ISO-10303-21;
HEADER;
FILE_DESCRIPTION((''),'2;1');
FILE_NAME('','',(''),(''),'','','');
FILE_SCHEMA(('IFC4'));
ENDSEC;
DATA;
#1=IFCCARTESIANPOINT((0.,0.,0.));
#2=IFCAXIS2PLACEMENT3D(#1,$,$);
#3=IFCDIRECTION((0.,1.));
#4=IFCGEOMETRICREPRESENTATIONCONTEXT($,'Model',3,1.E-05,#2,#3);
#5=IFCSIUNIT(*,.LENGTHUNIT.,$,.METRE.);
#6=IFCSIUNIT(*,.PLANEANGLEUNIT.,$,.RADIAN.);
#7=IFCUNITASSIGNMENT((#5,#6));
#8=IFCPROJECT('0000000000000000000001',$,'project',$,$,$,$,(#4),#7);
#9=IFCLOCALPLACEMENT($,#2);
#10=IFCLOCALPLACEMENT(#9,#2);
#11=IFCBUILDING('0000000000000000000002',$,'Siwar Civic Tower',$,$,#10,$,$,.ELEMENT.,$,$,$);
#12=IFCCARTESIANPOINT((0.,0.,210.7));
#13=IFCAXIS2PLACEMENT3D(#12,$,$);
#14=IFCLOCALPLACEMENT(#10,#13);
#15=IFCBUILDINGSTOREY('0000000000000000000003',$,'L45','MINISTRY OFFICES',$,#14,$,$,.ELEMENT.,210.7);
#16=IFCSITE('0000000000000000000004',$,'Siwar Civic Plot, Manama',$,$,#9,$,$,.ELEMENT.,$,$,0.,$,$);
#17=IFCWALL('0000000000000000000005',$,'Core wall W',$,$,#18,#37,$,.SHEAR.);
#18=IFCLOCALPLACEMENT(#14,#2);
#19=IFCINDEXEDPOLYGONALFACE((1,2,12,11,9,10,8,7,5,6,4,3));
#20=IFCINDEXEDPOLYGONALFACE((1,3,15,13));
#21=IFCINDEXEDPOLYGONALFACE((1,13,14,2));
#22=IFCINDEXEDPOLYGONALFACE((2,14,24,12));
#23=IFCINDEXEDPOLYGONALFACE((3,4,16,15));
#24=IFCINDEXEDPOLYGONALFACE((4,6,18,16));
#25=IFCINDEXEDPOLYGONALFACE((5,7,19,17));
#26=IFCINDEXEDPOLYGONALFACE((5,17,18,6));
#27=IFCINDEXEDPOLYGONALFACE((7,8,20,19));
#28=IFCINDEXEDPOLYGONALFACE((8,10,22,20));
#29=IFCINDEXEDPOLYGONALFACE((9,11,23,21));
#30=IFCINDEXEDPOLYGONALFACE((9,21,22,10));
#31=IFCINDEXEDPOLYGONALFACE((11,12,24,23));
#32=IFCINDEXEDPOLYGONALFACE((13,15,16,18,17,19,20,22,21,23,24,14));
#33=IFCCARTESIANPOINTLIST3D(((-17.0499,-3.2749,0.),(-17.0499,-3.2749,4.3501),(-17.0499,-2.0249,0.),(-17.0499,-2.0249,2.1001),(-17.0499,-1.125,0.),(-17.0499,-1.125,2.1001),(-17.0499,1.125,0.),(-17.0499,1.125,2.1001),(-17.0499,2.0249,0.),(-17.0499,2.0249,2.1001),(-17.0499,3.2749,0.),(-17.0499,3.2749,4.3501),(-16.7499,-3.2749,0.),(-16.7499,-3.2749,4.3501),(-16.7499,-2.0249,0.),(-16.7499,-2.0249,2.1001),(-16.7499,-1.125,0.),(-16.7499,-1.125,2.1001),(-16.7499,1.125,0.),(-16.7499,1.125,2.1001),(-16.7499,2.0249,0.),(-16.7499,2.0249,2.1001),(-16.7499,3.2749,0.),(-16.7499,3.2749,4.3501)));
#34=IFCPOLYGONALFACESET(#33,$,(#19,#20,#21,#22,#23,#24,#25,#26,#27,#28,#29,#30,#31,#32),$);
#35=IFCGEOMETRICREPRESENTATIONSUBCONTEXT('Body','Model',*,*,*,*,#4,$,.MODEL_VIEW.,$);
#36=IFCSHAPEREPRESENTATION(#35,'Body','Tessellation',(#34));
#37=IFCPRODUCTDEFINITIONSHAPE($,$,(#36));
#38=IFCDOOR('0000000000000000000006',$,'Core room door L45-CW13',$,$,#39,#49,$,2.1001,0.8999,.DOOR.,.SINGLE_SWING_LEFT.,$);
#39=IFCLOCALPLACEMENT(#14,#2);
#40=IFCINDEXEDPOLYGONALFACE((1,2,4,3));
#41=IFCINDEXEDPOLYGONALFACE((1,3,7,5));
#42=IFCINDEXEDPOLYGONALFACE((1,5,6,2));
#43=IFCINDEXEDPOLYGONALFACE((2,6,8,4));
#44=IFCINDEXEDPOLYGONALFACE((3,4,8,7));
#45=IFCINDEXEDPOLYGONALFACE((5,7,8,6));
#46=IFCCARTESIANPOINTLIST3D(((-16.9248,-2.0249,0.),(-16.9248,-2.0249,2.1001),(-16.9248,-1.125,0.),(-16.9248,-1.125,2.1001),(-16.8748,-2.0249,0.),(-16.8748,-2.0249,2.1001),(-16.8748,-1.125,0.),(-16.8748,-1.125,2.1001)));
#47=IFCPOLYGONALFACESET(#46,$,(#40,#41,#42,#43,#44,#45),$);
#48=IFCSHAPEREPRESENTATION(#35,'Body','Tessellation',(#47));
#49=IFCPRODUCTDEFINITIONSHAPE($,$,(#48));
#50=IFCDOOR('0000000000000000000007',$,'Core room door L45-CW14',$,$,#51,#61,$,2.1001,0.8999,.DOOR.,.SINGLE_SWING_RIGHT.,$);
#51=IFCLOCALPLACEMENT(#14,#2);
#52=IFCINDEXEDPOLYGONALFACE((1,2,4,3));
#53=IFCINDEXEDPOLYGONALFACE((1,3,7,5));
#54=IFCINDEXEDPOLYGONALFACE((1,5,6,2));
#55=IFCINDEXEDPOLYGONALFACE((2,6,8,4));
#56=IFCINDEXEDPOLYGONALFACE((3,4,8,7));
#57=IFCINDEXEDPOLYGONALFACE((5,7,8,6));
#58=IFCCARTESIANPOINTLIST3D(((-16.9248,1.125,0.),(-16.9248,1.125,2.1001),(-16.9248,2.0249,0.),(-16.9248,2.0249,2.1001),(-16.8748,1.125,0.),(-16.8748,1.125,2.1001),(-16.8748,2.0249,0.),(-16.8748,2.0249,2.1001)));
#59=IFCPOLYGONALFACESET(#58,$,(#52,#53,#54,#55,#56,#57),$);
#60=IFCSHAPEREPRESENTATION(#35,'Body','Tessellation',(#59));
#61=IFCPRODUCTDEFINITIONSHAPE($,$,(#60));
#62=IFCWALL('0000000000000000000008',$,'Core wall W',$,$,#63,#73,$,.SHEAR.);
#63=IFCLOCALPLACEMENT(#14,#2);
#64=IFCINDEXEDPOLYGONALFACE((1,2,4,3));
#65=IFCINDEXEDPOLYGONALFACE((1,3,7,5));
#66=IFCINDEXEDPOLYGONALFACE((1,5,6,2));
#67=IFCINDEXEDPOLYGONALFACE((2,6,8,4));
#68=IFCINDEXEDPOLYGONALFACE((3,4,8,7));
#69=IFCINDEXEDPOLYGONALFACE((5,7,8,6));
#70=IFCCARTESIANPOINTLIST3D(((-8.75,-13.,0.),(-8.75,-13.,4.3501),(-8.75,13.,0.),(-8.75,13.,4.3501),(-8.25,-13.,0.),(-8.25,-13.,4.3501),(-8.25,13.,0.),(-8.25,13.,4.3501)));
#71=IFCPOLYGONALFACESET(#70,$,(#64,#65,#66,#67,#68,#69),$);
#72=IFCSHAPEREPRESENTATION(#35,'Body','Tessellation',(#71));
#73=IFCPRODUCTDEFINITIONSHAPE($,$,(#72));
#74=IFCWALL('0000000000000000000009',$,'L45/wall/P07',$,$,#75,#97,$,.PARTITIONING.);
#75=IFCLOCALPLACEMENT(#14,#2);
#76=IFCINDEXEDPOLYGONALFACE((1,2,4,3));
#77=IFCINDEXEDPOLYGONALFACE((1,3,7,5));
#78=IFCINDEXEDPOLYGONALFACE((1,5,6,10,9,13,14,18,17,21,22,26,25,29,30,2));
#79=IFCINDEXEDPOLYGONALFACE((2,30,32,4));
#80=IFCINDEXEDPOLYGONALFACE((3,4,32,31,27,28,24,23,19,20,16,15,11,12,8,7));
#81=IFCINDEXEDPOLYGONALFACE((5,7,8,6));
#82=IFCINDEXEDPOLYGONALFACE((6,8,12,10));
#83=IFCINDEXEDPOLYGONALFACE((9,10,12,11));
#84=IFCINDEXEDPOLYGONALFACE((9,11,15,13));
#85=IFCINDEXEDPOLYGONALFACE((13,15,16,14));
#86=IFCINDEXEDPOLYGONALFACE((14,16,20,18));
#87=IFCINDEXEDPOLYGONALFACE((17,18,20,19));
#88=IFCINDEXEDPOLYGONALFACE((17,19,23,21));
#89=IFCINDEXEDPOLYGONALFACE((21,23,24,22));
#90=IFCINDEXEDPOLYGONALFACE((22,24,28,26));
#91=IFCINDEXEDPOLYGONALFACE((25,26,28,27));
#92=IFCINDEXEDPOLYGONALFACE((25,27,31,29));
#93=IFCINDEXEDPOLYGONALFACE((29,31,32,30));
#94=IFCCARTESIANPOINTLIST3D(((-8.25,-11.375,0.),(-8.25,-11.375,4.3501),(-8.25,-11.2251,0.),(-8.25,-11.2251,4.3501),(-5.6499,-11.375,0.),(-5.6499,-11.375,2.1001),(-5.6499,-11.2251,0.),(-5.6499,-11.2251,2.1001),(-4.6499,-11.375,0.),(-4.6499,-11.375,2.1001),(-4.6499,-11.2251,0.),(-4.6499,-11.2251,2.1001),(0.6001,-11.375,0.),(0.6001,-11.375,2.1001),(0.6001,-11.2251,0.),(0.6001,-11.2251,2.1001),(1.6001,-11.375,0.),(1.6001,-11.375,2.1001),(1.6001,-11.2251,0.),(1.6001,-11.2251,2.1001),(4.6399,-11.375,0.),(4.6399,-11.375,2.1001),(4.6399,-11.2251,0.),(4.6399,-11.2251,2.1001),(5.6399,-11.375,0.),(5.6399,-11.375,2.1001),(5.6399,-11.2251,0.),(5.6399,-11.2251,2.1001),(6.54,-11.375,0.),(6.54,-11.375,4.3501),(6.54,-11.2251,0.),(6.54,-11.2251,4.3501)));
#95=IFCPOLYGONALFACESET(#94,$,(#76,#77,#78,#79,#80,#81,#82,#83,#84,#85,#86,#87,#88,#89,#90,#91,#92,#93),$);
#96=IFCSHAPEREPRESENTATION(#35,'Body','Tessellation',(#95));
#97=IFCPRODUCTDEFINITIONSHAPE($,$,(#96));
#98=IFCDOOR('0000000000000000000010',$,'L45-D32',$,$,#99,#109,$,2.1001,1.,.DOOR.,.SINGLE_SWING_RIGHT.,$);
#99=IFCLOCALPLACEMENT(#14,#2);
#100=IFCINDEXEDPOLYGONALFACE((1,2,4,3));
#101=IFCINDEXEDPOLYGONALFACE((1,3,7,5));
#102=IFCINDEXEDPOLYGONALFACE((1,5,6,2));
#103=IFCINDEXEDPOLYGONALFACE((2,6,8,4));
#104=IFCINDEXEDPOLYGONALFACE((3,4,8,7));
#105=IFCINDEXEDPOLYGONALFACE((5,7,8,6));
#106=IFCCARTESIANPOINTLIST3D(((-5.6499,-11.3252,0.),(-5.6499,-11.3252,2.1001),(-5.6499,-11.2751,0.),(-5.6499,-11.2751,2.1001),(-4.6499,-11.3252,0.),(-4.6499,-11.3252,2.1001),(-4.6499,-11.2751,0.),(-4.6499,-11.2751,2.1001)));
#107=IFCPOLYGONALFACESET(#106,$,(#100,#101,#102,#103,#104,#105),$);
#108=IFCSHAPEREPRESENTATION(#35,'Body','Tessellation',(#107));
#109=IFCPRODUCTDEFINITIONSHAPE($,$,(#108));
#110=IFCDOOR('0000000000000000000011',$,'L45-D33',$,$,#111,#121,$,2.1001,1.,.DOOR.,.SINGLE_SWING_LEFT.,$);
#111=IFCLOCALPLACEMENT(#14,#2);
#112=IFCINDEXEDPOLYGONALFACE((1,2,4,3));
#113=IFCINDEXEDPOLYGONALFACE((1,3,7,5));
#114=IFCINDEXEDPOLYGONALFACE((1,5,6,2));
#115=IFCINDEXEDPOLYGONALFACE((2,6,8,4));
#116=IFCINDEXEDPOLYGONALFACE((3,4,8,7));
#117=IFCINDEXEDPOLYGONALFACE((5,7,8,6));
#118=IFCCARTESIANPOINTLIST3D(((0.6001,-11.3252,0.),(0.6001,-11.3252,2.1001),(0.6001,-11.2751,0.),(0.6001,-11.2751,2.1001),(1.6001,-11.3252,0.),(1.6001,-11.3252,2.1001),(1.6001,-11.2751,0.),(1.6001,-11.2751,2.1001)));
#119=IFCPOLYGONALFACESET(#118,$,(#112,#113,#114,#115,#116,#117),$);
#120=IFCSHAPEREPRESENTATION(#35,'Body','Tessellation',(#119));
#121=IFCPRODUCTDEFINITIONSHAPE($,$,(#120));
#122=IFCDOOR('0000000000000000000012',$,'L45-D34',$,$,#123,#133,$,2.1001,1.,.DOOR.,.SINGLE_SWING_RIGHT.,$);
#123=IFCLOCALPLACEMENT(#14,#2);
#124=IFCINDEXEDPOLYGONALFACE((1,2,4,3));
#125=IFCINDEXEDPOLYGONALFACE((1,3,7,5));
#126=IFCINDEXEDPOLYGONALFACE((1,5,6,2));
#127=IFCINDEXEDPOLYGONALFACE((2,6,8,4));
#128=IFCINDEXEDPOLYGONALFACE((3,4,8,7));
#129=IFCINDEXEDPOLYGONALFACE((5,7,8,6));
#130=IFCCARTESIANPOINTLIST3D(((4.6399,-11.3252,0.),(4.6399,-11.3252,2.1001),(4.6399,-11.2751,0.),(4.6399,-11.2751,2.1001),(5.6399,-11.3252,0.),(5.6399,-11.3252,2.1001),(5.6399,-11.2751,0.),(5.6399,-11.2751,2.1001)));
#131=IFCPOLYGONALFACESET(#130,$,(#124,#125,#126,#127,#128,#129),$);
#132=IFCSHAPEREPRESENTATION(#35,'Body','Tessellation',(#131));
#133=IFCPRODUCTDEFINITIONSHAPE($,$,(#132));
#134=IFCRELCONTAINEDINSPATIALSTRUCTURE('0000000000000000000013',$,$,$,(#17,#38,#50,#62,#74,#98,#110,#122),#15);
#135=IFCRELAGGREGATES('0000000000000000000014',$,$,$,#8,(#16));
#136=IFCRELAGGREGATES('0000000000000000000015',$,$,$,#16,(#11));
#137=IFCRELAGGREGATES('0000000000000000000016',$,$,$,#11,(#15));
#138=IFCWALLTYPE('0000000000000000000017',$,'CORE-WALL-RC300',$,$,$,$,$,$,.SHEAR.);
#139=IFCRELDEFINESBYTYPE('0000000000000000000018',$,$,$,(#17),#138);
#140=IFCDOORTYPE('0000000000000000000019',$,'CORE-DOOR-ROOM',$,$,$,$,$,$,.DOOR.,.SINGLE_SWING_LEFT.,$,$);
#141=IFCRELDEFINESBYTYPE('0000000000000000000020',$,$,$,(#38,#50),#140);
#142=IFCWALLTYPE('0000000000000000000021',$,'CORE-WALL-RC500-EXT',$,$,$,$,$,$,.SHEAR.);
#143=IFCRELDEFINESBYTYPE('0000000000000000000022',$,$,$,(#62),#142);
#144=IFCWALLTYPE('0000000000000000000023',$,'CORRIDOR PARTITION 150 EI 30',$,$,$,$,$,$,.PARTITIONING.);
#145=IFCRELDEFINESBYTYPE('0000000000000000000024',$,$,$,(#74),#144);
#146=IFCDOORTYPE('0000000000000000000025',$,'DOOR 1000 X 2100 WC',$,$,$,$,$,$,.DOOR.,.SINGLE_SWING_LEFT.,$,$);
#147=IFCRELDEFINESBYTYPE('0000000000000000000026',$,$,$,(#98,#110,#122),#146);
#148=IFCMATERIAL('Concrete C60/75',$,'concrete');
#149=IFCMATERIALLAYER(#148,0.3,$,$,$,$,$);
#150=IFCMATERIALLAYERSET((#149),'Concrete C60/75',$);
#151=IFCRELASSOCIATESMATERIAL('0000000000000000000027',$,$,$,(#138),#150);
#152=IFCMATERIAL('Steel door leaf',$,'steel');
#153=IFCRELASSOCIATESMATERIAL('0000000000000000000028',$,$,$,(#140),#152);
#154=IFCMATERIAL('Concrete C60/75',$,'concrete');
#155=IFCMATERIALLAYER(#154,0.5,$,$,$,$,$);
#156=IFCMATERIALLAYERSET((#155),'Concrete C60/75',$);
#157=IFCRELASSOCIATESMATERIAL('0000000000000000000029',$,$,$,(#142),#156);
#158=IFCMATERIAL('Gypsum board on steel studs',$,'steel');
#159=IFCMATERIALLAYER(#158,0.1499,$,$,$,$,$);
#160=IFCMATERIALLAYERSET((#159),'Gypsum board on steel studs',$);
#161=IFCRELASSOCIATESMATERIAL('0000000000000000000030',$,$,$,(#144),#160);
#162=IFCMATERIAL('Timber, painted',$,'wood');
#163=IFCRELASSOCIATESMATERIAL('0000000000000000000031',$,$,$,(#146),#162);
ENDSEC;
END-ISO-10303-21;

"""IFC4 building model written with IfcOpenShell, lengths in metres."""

from ifc_helpers import new_model, si_unit, direction, frame, frame_2d, origin, place, context, subcontext, project, spatial, rectangle, extrude, material, layer, layer_set, type_object, element, fill, save


model = new_model("IFC4")

# Units and contexts
model_context = context("Model", 3, precision=1e-05, world=origin(), true_north=direction((0.0, 1.0)))
body_context = subcontext(model_context, "Body", "Model", "MODEL_VIEW")
ifc_project = project(units=[si_unit("LENGTHUNIT", "METRE"), si_unit("PLANEANGLEUNIT", "RADIAN")], contexts=[model_context])

# Site, building, storey
site_placement = place(None, origin())
site = spatial("IfcSite", under=ifc_project, at=site_placement, Name="Siwar Civic Plot, Manama", CompositionType="ELEMENT", RefElevation=0.0)
building_placement = place(site_placement, origin())
building = spatial("IfcBuilding", under=site, at=building_placement, Name="Siwar Civic Tower", CompositionType="ELEMENT")
storey_placement = place(building_placement, frame((0.0, 0.0, 210.7)))
storey = spatial("IfcBuildingStorey", under=building, at=storey_placement, Name="L45", Description="MINISTRY OFFICES", CompositionType="ELEMENT", Elevation=210.7)

# Wall, openings, doors
ifc_material_1 = material(Name="Concrete C60/75", Category="concrete")
ifc_layer_1 = layer(ifc_material_1, 0.3)
ifc_layer_set_1 = layer_set([ifc_layer_1], Name="Concrete C60/75")
wall_type_1 = type_object("IfcWallType", Name="CORE-WALL-RC300", PredefinedType="SHEAR", material=ifc_layer_set_1)
wall_1_placement = place(storey_placement, frame((-16.8999, -3.2749, 0.0), z_axis=(0.0, 0.0, 1.0), x_axis=(0.0, 1.0, 0.0)))
wall_1 = element("IfcWall", 1, at=wall_1_placement, inside=storey, type_object=wall_type_1, Name="Core wall W", PredefinedType="SHEAR", context=body_context, shape_type="SweptSolid", body=[
    extrude(rectangle(XDim=6.5498, YDim=0.3, at=frame_2d((3.2749, 0.0))), origin(), (0.0, 0.0, 1.0), 4.3501),
])
opening_1_placement = place(wall_1_placement, frame((1.25, 0.0, 0.0)))
opening_1 = element("IfcOpeningElement", 2, at=opening_1_placement, cuts=wall_1, PredefinedType="OPENING", context=body_context, shape_type="SweptSolid", body=[
    extrude(rectangle(XDim=0.8999, YDim=2.1001, at=frame_2d((0.45, 1.05))), frame((0.0, 0.1602, 0.0), z_axis=(0.0, -1.0, 0.0), x_axis=(1.0, 0.0, 0.0)), (0.0, 0.0, 1.0), 0.3201),
])
opening_2_placement = place(wall_1_placement, frame((4.3999, 0.0, 0.0)))
opening_2 = element("IfcOpeningElement", 3, at=opening_2_placement, cuts=wall_1, PredefinedType="OPENING", context=body_context, shape_type="SweptSolid", body=[
    extrude(rectangle(XDim=0.8999, YDim=2.1001, at=frame_2d((0.45, 1.05))), frame((0.0, 0.1602, 0.0), z_axis=(0.0, -1.0, 0.0), x_axis=(1.0, 0.0, 0.0)), (0.0, 0.0, 1.0), 0.3201),
])
ifc_material_2 = material(Name="Steel door leaf", Category="steel")
door_type_1 = type_object("IfcDoorType", Name="CORE-DOOR-ROOM", OperationType="SINGLE_SWING_LEFT", PredefinedType="DOOR", material=ifc_material_2)
door_1_placement = place(opening_1_placement, origin())
door_1 = element("IfcDoor", 4, at=door_1_placement, inside=storey, type_object=door_type_1, Name="Core room door L45-CW13", OperationType="SINGLE_SWING_LEFT", OverallHeight=2.1001, OverallWidth=0.8999, PredefinedType="DOOR", context=body_context, shape_type="SweptSolid", body=[
    extrude(rectangle(XDim=0.8999, YDim=2.1001, at=frame_2d((0.45, 1.05))), frame((0.0, 0.0249, 0.0), z_axis=(0.0, -1.0, 0.0), x_axis=(1.0, 0.0, 0.0)), (0.0, 0.0, 1.0), 0.05),
])
fill(opening_1, door_1)
door_2_placement = place(opening_2_placement, origin())
door_2 = element("IfcDoor", 5, at=door_2_placement, inside=storey, type_object=door_type_1, Name="Core room door L45-CW14", OperationType="SINGLE_SWING_RIGHT", OverallHeight=2.1001, OverallWidth=0.8999, PredefinedType="DOOR", context=body_context, shape_type="SweptSolid", body=[
    extrude(rectangle(XDim=0.8999, YDim=2.1001, at=frame_2d((0.45, 1.05))), frame((0.0, 0.0249, 0.0), z_axis=(0.0, -1.0, 0.0), x_axis=(1.0, 0.0, 0.0)), (0.0, 0.0, 1.0), 0.05),
])
fill(opening_2, door_2)

# Wall
ifc_material_3 = material(Name="Concrete C60/75", Category="concrete")
ifc_layer_2 = layer(ifc_material_3, 0.5)
ifc_layer_set_2 = layer_set([ifc_layer_2], Name="Concrete C60/75")
wall_type_2 = type_object("IfcWallType", Name="CORE-WALL-RC500-EXT", PredefinedType="SHEAR", material=ifc_layer_set_2)
wall_2_placement = place(storey_placement, frame((-8.5, -13.0, 0.0), z_axis=(0.0, 0.0, 1.0), x_axis=(0.0, 1.0, 0.0)))
element("IfcWall", 6, at=wall_2_placement, inside=storey, type_object=wall_type_2, Name="Core wall W", PredefinedType="SHEAR", context=body_context, shape_type="SweptSolid", body=[
    extrude(rectangle(XDim=26.0, YDim=0.5, at=frame_2d((13.0, 0.0))), origin(), (0.0, 0.0, 1.0), 4.3501),
])

# Wall, openings, doors
ifc_material_4 = material(Name="Gypsum board on steel studs", Category="steel")
ifc_layer_3 = layer(ifc_material_4, 0.1499)
ifc_layer_set_3 = layer_set([ifc_layer_3], Name="Gypsum board on steel studs")
wall_type_3 = type_object("IfcWallType", Name="CORRIDOR PARTITION 150 EI 30", PredefinedType="PARTITIONING", material=ifc_layer_set_3)
wall_3_placement = place(storey_placement, frame((-8.25, -11.3, 0.0), z_axis=(0.0, 0.0, 1.0), x_axis=(1.0, 0.0, 0.0)))
wall_3 = element("IfcWall", 7, at=wall_3_placement, inside=storey, type_object=wall_type_3, Name="L45/wall/P07", PredefinedType="PARTITIONING", context=body_context, shape_type="SweptSolid", body=[
    extrude(rectangle(XDim=14.79, YDim=0.1499, at=frame_2d((7.395, 0.0))), origin(), (0.0, 0.0, 1.0), 4.3501),
])
opening_3_placement = place(wall_3_placement, frame((2.6001, 0.0, 0.0)))
opening_3 = element("IfcOpeningElement", 8, at=opening_3_placement, cuts=wall_3, PredefinedType="OPENING", context=body_context, shape_type="SweptSolid", body=[
    extrude(rectangle(XDim=1.0, YDim=2.1001, at=frame_2d((0.5, 1.05))), frame((0.0, 0.085, 0.0), z_axis=(0.0, -1.0, 0.0), x_axis=(1.0, 0.0, 0.0)), (0.0, 0.0, 1.0), 0.1699),
])
opening_4_placement = place(wall_3_placement, frame((8.8501, 0.0, 0.0)))
opening_4 = element("IfcOpeningElement", 9, at=opening_4_placement, cuts=wall_3, PredefinedType="OPENING", context=body_context, shape_type="SweptSolid", body=[
    extrude(rectangle(XDim=1.0, YDim=2.1001, at=frame_2d((0.5, 1.05))), frame((0.0, 0.085, 0.0), z_axis=(0.0, -1.0, 0.0), x_axis=(1.0, 0.0, 0.0)), (0.0, 0.0, 1.0), 0.1699),
])
opening_5_placement = place(wall_3_placement, frame((12.8899, 0.0, 0.0)))
opening_5 = element("IfcOpeningElement", 10, at=opening_5_placement, cuts=wall_3, PredefinedType="OPENING", context=body_context, shape_type="SweptSolid", body=[
    extrude(rectangle(XDim=1.0, YDim=2.1001, at=frame_2d((0.5, 1.05))), frame((0.0, 0.085, 0.0), z_axis=(0.0, -1.0, 0.0), x_axis=(1.0, 0.0, 0.0)), (0.0, 0.0, 1.0), 0.1699),
])
ifc_material_5 = material(Name="Timber, painted", Category="wood")
door_type_2 = type_object("IfcDoorType", Name="DOOR 1000 X 2100 WC", OperationType="SINGLE_SWING_LEFT", PredefinedType="DOOR", material=ifc_material_5)
door_3_placement = place(opening_3_placement, origin())
door_3 = element("IfcDoor", 11, at=door_3_placement, inside=storey, type_object=door_type_2, Name="L45-D32", OperationType="SINGLE_SWING_RIGHT", OverallHeight=2.1001, OverallWidth=1.0, PredefinedType="DOOR", context=body_context, shape_type="SweptSolid", body=[
    extrude(rectangle(XDim=1.0, YDim=2.1001, at=frame_2d((0.5, 1.05))), frame((0.0, 0.0249, 0.0), z_axis=(0.0, -1.0, 0.0), x_axis=(1.0, 0.0, 0.0)), (0.0, 0.0, 1.0), 0.05),
])
fill(opening_3, door_3)
door_4_placement = place(opening_4_placement, origin())
door_4 = element("IfcDoor", 12, at=door_4_placement, inside=storey, type_object=door_type_2, Name="L45-D33", OperationType="SINGLE_SWING_LEFT", OverallHeight=2.1001, OverallWidth=1.0, PredefinedType="DOOR", context=body_context, shape_type="SweptSolid", body=[
    extrude(rectangle(XDim=1.0, YDim=2.1001, at=frame_2d((0.5, 1.05))), frame((0.0, 0.0249, 0.0), z_axis=(0.0, -1.0, 0.0), x_axis=(1.0, 0.0, 0.0)), (0.0, 0.0, 1.0), 0.05),
])
fill(opening_4, door_4)
door_5_placement = place(opening_5_placement, origin())
door_5 = element("IfcDoor", 13, at=door_5_placement, inside=storey, type_object=door_type_2, Name="L45-D34", OperationType="SINGLE_SWING_RIGHT", OverallHeight=2.1001, OverallWidth=1.0, PredefinedType="DOOR", context=body_context, shape_type="SweptSolid", body=[
    extrude(rectangle(XDim=1.0, YDim=2.1001, at=frame_2d((0.5, 1.05))), frame((0.0, 0.0249, 0.0), z_axis=(0.0, -1.0, 0.0), x_axis=(1.0, 0.0, 0.0)), (0.0, 0.0, 1.0), 0.05),
])
fill(opening_5, door_5)

save(model, "model.ifc")
